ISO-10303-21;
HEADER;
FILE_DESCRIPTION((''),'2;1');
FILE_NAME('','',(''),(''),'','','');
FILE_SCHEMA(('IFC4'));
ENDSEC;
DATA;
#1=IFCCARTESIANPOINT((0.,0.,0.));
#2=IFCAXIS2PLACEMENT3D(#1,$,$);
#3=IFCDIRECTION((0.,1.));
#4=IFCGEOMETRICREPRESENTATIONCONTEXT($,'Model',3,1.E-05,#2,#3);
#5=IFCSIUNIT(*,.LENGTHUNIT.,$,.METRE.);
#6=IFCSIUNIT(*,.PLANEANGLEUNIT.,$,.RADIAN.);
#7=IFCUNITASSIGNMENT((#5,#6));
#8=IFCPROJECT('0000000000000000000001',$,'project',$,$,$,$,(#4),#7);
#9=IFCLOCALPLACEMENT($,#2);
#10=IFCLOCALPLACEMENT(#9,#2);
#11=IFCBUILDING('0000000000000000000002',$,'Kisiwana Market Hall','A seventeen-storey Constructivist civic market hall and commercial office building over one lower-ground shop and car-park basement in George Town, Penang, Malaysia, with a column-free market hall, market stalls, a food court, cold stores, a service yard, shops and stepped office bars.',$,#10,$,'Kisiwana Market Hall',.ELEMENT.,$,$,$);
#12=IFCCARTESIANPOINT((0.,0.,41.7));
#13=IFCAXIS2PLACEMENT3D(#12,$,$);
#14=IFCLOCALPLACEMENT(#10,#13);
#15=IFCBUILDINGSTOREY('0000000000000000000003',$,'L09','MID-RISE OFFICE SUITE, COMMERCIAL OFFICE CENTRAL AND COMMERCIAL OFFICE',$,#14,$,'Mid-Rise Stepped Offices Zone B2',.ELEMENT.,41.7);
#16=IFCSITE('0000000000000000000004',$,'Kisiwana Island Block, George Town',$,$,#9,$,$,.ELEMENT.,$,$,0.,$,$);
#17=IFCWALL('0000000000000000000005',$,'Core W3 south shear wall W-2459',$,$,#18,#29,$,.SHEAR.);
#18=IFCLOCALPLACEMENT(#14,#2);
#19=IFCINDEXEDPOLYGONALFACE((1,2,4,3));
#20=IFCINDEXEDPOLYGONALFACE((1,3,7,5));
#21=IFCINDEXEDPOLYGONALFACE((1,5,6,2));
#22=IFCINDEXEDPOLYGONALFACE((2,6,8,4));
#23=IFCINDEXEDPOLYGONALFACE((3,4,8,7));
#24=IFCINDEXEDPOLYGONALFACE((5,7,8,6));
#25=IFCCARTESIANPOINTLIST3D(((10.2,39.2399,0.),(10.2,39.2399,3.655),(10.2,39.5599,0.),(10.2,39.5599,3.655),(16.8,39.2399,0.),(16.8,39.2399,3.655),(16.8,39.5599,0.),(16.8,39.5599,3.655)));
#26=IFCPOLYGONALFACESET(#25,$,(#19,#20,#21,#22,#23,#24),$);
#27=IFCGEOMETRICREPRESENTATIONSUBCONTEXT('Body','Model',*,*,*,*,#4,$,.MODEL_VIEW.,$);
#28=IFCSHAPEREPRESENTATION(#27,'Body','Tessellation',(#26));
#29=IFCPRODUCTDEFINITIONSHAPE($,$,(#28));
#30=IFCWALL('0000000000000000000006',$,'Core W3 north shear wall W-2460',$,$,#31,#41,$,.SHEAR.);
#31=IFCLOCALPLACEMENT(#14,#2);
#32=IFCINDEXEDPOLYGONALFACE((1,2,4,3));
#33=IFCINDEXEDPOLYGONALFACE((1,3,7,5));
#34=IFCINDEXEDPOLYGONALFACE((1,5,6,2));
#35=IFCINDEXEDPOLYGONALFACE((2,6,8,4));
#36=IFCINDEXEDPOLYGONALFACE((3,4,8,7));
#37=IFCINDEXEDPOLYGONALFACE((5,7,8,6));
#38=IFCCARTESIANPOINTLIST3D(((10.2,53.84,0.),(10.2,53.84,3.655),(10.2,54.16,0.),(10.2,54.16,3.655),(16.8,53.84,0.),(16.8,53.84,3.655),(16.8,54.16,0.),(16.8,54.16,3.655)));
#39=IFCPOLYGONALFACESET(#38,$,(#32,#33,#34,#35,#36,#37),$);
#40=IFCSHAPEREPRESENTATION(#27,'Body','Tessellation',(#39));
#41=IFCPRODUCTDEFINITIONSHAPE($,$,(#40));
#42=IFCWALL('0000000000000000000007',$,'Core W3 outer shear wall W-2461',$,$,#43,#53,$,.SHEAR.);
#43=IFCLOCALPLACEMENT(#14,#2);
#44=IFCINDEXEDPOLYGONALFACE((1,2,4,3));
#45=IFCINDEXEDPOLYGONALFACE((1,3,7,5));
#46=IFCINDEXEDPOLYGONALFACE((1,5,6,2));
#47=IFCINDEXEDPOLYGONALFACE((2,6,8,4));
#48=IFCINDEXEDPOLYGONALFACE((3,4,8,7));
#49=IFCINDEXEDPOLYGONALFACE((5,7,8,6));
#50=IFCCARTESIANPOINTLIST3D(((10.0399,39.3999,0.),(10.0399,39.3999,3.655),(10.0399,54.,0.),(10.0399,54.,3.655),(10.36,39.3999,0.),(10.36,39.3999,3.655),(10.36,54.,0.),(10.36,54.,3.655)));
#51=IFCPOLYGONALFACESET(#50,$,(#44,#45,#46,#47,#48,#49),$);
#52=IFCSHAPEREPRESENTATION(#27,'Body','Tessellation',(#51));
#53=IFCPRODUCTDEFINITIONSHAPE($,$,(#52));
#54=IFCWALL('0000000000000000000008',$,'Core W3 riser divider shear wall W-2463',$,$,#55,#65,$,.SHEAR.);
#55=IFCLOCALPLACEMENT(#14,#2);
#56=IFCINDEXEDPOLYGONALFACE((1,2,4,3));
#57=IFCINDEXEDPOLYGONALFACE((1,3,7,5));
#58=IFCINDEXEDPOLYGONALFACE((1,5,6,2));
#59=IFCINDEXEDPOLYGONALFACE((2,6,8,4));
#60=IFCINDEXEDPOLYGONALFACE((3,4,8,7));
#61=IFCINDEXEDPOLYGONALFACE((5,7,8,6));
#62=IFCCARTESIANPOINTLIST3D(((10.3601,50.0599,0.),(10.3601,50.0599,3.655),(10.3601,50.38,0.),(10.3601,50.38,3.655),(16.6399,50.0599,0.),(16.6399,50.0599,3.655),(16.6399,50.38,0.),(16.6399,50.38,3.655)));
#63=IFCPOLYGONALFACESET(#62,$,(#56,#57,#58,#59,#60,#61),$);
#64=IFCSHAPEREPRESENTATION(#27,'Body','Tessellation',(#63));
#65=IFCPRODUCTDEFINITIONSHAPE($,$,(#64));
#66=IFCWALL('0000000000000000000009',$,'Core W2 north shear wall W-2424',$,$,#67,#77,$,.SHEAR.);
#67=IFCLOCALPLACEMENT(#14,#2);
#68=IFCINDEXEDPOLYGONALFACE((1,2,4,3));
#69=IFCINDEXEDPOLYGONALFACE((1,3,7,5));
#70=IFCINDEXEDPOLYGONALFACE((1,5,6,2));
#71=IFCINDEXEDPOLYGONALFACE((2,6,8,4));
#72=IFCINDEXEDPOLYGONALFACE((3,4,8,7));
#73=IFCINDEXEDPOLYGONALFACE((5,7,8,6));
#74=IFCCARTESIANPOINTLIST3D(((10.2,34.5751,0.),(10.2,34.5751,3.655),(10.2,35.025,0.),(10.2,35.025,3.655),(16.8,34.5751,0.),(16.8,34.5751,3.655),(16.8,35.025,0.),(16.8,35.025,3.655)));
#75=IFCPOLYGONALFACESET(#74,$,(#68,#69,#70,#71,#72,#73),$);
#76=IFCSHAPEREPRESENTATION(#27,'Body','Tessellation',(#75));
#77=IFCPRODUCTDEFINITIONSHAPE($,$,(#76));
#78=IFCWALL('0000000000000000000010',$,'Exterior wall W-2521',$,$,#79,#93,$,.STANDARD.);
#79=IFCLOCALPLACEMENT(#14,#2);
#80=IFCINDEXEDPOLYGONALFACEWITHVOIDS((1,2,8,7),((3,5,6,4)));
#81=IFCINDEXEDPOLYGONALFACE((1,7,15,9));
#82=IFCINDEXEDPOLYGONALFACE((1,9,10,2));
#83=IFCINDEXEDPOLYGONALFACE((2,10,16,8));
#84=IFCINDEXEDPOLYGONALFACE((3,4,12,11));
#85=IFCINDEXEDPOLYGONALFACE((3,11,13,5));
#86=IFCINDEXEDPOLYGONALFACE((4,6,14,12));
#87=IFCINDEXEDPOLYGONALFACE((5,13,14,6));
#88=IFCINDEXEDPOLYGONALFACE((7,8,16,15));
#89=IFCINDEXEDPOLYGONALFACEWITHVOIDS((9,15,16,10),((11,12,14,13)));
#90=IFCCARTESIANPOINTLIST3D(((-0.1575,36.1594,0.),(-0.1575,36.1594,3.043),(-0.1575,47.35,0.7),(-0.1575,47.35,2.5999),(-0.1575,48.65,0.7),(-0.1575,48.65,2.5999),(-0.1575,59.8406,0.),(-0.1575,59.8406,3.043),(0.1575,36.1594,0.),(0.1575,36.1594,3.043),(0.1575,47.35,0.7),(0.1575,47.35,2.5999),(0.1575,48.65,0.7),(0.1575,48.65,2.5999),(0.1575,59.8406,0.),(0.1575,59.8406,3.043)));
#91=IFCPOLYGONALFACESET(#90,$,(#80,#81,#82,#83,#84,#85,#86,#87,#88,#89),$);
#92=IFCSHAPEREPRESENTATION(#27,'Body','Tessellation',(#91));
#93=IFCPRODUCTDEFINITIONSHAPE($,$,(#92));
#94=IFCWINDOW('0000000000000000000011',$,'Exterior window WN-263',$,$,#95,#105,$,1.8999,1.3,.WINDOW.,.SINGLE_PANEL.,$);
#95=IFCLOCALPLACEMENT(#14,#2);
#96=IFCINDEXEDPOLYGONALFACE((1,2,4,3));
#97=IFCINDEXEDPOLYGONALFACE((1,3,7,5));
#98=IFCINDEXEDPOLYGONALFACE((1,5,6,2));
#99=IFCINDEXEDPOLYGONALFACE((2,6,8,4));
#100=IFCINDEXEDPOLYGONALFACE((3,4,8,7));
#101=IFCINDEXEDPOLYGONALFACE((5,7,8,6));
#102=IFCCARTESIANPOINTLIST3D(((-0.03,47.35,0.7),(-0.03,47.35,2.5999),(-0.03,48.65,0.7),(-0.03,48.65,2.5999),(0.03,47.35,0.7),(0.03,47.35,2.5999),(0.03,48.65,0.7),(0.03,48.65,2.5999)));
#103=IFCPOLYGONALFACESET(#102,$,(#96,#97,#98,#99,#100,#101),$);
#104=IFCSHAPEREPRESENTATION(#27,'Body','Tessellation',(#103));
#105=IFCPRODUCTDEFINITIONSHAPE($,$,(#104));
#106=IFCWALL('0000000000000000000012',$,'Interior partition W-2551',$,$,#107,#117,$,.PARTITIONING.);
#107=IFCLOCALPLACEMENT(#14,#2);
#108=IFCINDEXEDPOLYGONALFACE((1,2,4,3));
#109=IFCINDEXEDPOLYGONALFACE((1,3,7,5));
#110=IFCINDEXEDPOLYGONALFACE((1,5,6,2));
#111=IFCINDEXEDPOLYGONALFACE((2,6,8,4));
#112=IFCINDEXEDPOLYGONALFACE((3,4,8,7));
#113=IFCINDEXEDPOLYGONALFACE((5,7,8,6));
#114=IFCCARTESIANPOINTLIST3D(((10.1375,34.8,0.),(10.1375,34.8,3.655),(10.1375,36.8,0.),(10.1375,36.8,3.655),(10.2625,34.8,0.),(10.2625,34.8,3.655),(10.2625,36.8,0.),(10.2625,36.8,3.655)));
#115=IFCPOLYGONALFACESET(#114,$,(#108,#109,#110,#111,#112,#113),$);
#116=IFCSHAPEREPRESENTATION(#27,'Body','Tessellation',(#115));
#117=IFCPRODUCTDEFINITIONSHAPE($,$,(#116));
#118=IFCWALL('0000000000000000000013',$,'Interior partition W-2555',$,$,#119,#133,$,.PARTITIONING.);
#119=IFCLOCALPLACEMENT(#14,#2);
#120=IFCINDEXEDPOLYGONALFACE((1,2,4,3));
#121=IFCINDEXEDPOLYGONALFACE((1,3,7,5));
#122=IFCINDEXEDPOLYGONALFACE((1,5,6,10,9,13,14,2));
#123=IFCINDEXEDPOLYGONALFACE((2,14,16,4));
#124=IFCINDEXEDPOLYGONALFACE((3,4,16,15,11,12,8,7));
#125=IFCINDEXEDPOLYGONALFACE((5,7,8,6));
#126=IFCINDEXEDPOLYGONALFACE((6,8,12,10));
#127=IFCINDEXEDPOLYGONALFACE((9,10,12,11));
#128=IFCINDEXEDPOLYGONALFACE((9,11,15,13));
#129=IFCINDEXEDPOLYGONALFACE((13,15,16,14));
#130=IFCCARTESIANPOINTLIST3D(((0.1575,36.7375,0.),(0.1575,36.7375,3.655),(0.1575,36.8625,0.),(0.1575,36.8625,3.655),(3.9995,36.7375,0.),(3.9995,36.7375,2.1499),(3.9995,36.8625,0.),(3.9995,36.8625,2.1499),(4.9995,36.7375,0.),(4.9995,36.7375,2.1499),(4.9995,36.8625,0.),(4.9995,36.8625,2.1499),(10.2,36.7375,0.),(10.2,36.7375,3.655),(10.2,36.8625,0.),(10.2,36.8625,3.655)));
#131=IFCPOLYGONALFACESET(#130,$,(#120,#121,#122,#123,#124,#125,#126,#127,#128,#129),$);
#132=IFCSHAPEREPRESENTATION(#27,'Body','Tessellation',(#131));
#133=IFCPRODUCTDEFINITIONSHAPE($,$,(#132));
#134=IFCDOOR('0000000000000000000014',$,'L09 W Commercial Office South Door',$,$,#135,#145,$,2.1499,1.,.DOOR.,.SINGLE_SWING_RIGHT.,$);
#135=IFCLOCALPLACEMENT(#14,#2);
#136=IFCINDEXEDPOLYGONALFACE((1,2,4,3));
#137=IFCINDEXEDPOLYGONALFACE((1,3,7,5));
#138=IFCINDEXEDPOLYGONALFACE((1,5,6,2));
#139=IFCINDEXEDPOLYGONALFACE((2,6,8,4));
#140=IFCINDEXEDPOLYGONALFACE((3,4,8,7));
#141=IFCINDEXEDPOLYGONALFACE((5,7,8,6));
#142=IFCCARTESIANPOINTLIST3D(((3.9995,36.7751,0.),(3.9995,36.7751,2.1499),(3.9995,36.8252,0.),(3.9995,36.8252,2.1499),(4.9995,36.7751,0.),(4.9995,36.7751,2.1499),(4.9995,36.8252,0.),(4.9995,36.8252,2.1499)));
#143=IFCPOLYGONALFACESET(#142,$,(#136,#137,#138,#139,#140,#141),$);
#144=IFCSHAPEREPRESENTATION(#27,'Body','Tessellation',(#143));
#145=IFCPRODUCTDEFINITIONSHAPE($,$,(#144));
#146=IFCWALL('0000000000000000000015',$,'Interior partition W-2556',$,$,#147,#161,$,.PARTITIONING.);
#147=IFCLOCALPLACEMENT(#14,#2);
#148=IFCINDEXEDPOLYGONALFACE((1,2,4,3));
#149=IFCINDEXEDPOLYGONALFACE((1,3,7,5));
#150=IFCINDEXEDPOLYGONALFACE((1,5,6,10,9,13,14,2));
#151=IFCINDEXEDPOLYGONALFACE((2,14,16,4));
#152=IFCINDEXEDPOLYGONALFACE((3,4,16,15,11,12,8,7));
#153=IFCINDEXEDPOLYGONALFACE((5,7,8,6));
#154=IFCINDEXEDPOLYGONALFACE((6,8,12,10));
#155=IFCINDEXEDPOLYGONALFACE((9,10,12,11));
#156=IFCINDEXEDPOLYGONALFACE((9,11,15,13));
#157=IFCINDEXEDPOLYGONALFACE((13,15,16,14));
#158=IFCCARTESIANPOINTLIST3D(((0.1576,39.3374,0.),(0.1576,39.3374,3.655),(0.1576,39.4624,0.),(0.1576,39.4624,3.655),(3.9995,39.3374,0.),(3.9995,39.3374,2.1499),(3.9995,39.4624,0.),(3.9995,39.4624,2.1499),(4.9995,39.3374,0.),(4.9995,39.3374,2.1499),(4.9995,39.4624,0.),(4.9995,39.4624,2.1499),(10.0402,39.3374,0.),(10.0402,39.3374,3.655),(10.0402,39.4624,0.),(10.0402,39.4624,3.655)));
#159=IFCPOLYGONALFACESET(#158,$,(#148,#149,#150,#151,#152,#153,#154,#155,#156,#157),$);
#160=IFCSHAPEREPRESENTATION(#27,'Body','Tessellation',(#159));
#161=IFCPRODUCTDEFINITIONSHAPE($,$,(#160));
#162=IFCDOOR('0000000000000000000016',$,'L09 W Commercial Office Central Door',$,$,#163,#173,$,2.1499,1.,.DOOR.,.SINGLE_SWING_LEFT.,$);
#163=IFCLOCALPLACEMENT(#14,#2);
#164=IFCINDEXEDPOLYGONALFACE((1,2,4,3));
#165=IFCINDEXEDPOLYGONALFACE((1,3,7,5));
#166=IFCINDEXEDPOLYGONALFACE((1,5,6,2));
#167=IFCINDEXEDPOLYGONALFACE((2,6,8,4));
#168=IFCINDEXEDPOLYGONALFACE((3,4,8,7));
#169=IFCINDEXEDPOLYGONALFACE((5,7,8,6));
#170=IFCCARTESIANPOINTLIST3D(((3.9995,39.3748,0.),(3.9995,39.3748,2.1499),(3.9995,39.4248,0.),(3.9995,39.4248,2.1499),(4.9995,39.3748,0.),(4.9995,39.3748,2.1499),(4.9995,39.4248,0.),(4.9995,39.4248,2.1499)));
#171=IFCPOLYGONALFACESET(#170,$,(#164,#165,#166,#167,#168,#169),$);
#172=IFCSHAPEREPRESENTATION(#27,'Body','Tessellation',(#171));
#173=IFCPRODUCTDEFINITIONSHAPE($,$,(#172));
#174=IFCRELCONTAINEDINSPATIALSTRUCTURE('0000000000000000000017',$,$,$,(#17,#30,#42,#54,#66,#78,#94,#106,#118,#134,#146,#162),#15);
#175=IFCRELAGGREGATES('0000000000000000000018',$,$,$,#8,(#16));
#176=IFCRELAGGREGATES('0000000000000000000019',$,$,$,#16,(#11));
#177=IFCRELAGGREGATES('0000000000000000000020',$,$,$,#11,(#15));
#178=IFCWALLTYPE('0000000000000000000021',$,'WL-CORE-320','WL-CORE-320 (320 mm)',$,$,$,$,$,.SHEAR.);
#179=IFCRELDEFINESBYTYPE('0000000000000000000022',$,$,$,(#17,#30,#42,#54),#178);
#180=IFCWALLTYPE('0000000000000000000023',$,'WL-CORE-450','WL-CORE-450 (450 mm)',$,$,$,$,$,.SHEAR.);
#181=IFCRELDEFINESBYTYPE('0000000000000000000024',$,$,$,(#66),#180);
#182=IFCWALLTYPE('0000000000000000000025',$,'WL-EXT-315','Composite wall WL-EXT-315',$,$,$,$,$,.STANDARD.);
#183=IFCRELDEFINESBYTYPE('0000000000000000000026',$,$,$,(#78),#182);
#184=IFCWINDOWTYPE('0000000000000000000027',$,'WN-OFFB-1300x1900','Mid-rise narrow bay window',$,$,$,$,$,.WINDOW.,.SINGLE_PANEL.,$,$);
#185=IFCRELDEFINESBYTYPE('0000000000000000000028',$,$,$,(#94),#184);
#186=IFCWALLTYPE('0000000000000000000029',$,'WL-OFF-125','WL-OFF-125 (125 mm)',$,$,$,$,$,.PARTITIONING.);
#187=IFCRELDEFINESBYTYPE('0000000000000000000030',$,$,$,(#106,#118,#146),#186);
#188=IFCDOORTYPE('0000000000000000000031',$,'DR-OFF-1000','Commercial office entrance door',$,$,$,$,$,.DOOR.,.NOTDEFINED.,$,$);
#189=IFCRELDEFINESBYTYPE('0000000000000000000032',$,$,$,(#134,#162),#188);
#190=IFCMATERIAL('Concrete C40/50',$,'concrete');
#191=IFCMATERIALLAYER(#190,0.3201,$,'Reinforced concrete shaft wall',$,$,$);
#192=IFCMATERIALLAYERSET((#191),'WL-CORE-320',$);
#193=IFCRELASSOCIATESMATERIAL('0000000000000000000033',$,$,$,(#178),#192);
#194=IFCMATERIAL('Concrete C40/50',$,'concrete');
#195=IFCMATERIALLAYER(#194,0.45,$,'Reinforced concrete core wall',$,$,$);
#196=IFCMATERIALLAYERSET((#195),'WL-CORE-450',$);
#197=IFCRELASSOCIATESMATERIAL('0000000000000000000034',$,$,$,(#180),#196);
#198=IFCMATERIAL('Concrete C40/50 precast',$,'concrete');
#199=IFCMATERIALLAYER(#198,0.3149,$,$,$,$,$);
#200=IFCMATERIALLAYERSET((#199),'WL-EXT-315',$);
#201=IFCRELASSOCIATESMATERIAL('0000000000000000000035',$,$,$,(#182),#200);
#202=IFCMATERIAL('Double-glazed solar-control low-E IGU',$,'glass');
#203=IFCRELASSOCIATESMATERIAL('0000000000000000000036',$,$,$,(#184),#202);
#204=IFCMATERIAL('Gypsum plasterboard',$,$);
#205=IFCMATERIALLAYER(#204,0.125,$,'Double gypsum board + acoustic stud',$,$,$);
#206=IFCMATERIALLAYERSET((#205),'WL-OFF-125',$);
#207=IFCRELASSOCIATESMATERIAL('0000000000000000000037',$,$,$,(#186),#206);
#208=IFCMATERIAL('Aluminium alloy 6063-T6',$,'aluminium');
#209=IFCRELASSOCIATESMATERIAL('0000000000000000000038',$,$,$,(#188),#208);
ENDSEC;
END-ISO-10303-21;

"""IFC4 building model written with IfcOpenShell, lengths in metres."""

from ifc_helpers import new_model, si_unit, direction, frame, frame_2d, origin, place, context, subcontext, project, spatial, rectangle, extrude, material, layer, layer_set, type_object, element, fill, save


model = new_model("IFC4")

# Units and contexts
model_context = context("Model", 3, precision=1e-05, world=origin(), true_north=direction((0.0, 1.0)))
body_context = subcontext(model_context, "Body", "Model", "MODEL_VIEW")
ifc_project = project(units=[si_unit("LENGTHUNIT", "METRE"), si_unit("PLANEANGLEUNIT", "RADIAN")], contexts=[model_context])

# Site, building, storey
site_placement = place(None, origin())
site = spatial("IfcSite", under=ifc_project, at=site_placement, Name="Kisiwana Island Block, George Town", CompositionType="ELEMENT", RefElevation=0.0)
building_placement = place(site_placement, origin())
building = spatial("IfcBuilding", under=site, at=building_placement, Name="Kisiwana Market Hall", Description="A seventeen-storey Constructivist civic market hall and commercial office building over one lower-ground shop and car-park basement in George Town, Penang, Malaysia, with a column-free market hall, market stalls, a food court, cold stores, a service yard, shops and stepped office bars.", LongName="Kisiwana Market Hall", CompositionType="ELEMENT")
storey_placement = place(building_placement, frame((0.0, 0.0, 41.7)))
storey = spatial("IfcBuildingStorey", under=building, at=storey_placement, Name="L09", Description="MID-RISE OFFICE SUITE, COMMERCIAL OFFICE CENTRAL AND COMMERCIAL OFFICE", LongName="Mid-Rise Stepped Offices Zone B2", CompositionType="ELEMENT", Elevation=41.7)

# Shared definitions
ifc_material_1 = material(Name="Concrete C40/50", Category="concrete")
ifc_layer_1 = layer(ifc_material_1, 0.3201, Name="Reinforced concrete shaft wall")
ifc_layer_set_1 = layer_set([ifc_layer_1], Name="WL-CORE-320")
wall_type_1 = type_object("IfcWallType", Name="WL-CORE-320", Description="WL-CORE-320 (320 mm)", PredefinedType="SHEAR", material=ifc_layer_set_1)

# Walls
for number, where, z_axis, x_axis, name in (
    (1, (10.2, 39.3999, 0.0), (0.0, 0.0, 1.0), (1.0, 0.0, 0.0), "Core W3 south shear wall W-2459"),
    (2, (10.2, 54.0, 0.0), (0.0, 0.0, 1.0), (1.0, 0.0, 0.0), "Core W3 north shear wall W-2460"),
):
    element("IfcWall", number, at=place(storey_placement, frame(where, z_axis=z_axis, x_axis=x_axis)), inside=storey, type_object=wall_type_1, Name=name, PredefinedType="SHEAR", context=body_context, shape_type="SweptSolid", body=[
        extrude(rectangle(XDim=6.6001, YDim=0.3201, at=frame_2d((3.3, 0.0))), origin(), (0.0, 0.0, 1.0), 3.655),
    ])
wall_1_placement = place(storey_placement, frame((10.2, 39.3999, 0.0), z_axis=(0.0, 0.0, 1.0), x_axis=(0.0, 1.0, 0.0)))
element("IfcWall", 3, at=wall_1_placement, inside=storey, type_object=wall_type_1, Name="Core W3 outer shear wall W-2461", PredefinedType="SHEAR", context=body_context, shape_type="SweptSolid", body=[
    extrude(rectangle(XDim=14.6001, YDim=0.3201, at=frame_2d((7.3, 0.0))), origin(), (0.0, 0.0, 1.0), 3.655),
])
wall_2_placement = place(storey_placement, frame((10.3601, 50.22, 0.0), z_axis=(0.0, 0.0, 1.0), x_axis=(1.0, 0.0, 0.0)))
element("IfcWall", 4, at=wall_2_placement, inside=storey, type_object=wall_type_1, Name="Core W3 riser divider shear wall W-2463", PredefinedType="SHEAR", context=body_context, shape_type="SweptSolid", body=[
    extrude(rectangle(XDim=6.2798, YDim=0.3201, at=frame_2d((3.1399, 0.0))), origin(), (0.0, 0.0, 1.0), 3.655),
])
ifc_material_2 = material(Name="Concrete C40/50", Category="concrete")
ifc_layer_2 = layer(ifc_material_2, 0.45, Name="Reinforced concrete core wall")
ifc_layer_set_2 = layer_set([ifc_layer_2], Name="WL-CORE-450")
wall_type_2 = type_object("IfcWallType", Name="WL-CORE-450", Description="WL-CORE-450 (450 mm)", PredefinedType="SHEAR", material=ifc_layer_set_2)
wall_3_placement = place(storey_placement, frame((10.2, 34.8, 0.0), z_axis=(0.0, 0.0, 1.0), x_axis=(1.0, 0.0, 0.0)))
element("IfcWall", 5, at=wall_3_placement, inside=storey, type_object=wall_type_2, Name="Core W2 north shear wall W-2424", PredefinedType="SHEAR", context=body_context, shape_type="SweptSolid", body=[
    extrude(rectangle(XDim=6.6001, YDim=0.45, at=frame_2d((3.3, 0.0))), origin(), (0.0, 0.0, 1.0), 3.655),
])

# Wall, opening, window
ifc_material_3 = material(Name="Concrete C40/50 precast", Category="concrete")
ifc_layer_3 = layer(ifc_material_3, 0.3149)
ifc_layer_set_3 = layer_set([ifc_layer_3], Name="WL-EXT-315")
wall_type_3 = type_object("IfcWallType", Name="WL-EXT-315", Description="Composite wall WL-EXT-315", PredefinedType="STANDARD", material=ifc_layer_set_3)
wall_4_placement = place(storey_placement, frame((0.0, 36.1594, 0.0), z_axis=(0.0, 0.0, 1.0), x_axis=(0.0, 1.0, 0.0)))
wall_4 = element("IfcWall", 6, at=wall_4_placement, inside=storey, type_object=wall_type_3, Name="Exterior wall W-2521", PredefinedType="STANDARD", context=body_context, shape_type="SweptSolid", body=[
    extrude(rectangle(XDim=23.6812, YDim=0.3149, at=frame_2d((11.8406, 0.0))), origin(), (0.0, 0.0, 1.0), 3.043),
])
opening_1_placement = place(wall_4_placement, frame((11.1907, 0.0, 0.7)))
opening_1 = element("IfcOpeningElement", 7, at=opening_1_placement, cuts=wall_4, PredefinedType="OPENING", context=body_context, shape_type="SweptSolid", body=[
    extrude(rectangle(XDim=1.3, YDim=1.8999, at=frame_2d((0.6499, 0.95))), frame((0.0, 0.1694, 0.0), z_axis=(0.0, -1.0, 0.0), x_axis=(1.0, 0.0, 0.0)), (0.0, 0.0, 1.0), 0.3389),
])
ifc_material_4 = material(Name="Double-glazed solar-control low-E IGU", Category="glass")
window_type = type_object("IfcWindowType", Name="WN-OFFB-1300x1900", Description="Mid-rise narrow bay window", PartitioningType="SINGLE_PANEL", PredefinedType="WINDOW", material=ifc_material_4)
window_placement = place(opening_1_placement, origin())
window = element("IfcWindow", 8, at=window_placement, inside=storey, type_object=window_type, Name="Exterior window WN-263", OverallHeight=1.8999, OverallWidth=1.3, PartitioningType="SINGLE_PANEL", PredefinedType="WINDOW", context=body_context, shape_type="SweptSolid", body=[
    extrude(rectangle(XDim=1.3, YDim=1.8999, at=frame_2d((0.6499, 0.95))), frame((0.0, 0.03, 0.0), z_axis=(0.0, -1.0, 0.0), x_axis=(1.0, 0.0, 0.0)), (0.0, 0.0, 1.0), 0.0601),
])
fill(opening_1, window)

# Wall
ifc_material_5 = material(Name="Gypsum plasterboard")
ifc_layer_4 = layer(ifc_material_5, 0.125, Name="Double gypsum board + acoustic stud")
ifc_layer_set_4 = layer_set([ifc_layer_4], Name="WL-OFF-125")
wall_type_4 = type_object("IfcWallType", Name="WL-OFF-125", Description="WL-OFF-125 (125 mm)", PredefinedType="PARTITIONING", material=ifc_layer_set_4)
wall_5_placement = place(storey_placement, frame((10.2, 34.8, 0.0), z_axis=(0.0, 0.0, 1.0), x_axis=(0.0, 1.0, 0.0)))
element("IfcWall", 9, at=wall_5_placement, inside=storey, type_object=wall_type_4, Name="Interior partition W-2551", PredefinedType="PARTITIONING", context=body_context, shape_type="SweptSolid", body=[
    extrude(rectangle(XDim=2.0, YDim=0.125, at=frame_2d((1.0, 0.0))), origin(), (0.0, 0.0, 1.0), 3.655),
])

# Walls, openings, doors
wall_6_placement = place(storey_placement, frame((0.1575, 36.8, 0.0), z_axis=(0.0, 0.0, 1.0), x_axis=(1.0, 0.0, 0.0)))
wall_6 = element("IfcWall", 10, at=wall_6_placement, inside=storey, type_object=wall_type_4, Name="Interior partition W-2555", PredefinedType="PARTITIONING", context=body_context, shape_type="SweptSolid", body=[
    extrude(rectangle(XDim=10.0425, YDim=0.125, at=frame_2d((5.0212, 0.0))), origin(), (0.0, 0.0, 1.0), 3.655),
])
opening_2_placement = place(wall_6_placement, frame((3.842, 0.0, 0.0)))
opening_2 = element("IfcOpeningElement", 11, at=opening_2_placement, cuts=wall_6, PredefinedType="OPENING", context=body_context, shape_type="SweptSolid", body=[
    extrude(rectangle(XDim=1.0, YDim=2.1499, at=frame_2d((0.5, 1.075))), frame((0.0, 0.0745, 0.0), z_axis=(0.0, -1.0, 0.0), x_axis=(1.0, 0.0, 0.0)), (0.0, 0.0, 1.0), 0.1489),
])
ifc_material_6 = material(Name="Aluminium alloy 6063-T6", Category="aluminium")
door_type_1 = type_object("IfcDoorType", Name="DR-OFF-1000", Description="Commercial office entrance door", OperationType="NOTDEFINED", PredefinedType="DOOR", material=ifc_material_6)
door_1_placement = place(opening_2_placement, frame((1.0, 0.0, 0.0), z_axis=(0.0, 0.0, 1.0), x_axis=(-1.0, 0.0, 0.0)))
door_1 = element("IfcDoor", 12, at=door_1_placement, inside=storey, type_object=door_type_1, Name="L09 W Commercial Office South Door", OperationType="SINGLE_SWING_RIGHT", OverallHeight=2.1499, OverallWidth=1.0, PredefinedType="DOOR", context=body_context, shape_type="SweptSolid", body=[
    extrude(rectangle(XDim=1.0, YDim=2.1499, at=frame_2d((0.5, 1.075))), frame((0.0, 0.0249, 0.0), z_axis=(0.0, -1.0, 0.0), x_axis=(1.0, 0.0, 0.0)), (0.0, 0.0, 1.0), 0.05),
])
fill(opening_2, door_1)
wall_7_placement = place(storey_placement, frame((0.1575, 39.3999, 0.0), z_axis=(0.0, 0.0, 1.0), x_axis=(1.0, 0.0, 0.0)))
wall_7 = element("IfcWall", 13, at=wall_7_placement, inside=storey, type_object=wall_type_4, Name="Interior partition W-2556", PredefinedType="PARTITIONING", context=body_context, shape_type="SweptSolid", body=[
    extrude(rectangle(XDim=9.8826, YDim=0.125, at=frame_2d((4.9414, 0.0))), origin(), (0.0, 0.0, 1.0), 3.655),
])
opening_3_placement = place(wall_7_placement, frame((3.842, 0.0, 0.0)))
opening_3 = element("IfcOpeningElement", 14, at=opening_3_placement, cuts=wall_7, PredefinedType="OPENING", context=body_context, shape_type="SweptSolid", body=[
    extrude(rectangle(XDim=1.0, YDim=2.1499, at=frame_2d((0.5, 1.075))), frame((0.0, 0.0745, 0.0), z_axis=(0.0, -1.0, 0.0), x_axis=(1.0, 0.0, 0.0)), (0.0, 0.0, 1.0), 0.1489),
])
door_2_placement = place(opening_3_placement, origin())
door_2 = element("IfcDoor", 15, at=door_2_placement, inside=storey, type_object=door_type_1, Name="L09 W Commercial Office Central Door", OperationType="SINGLE_SWING_LEFT", OverallHeight=2.1499, OverallWidth=1.0, PredefinedType="DOOR", context=body_context, shape_type="SweptSolid", body=[
    extrude(rectangle(XDim=1.0, YDim=2.1499, at=frame_2d((0.5, 1.075))), frame((0.0, 0.0249, 0.0), z_axis=(0.0, -1.0, 0.0), x_axis=(1.0, 0.0, 0.0)), (0.0, 0.0, 1.0), 0.05),
])
fill(opening_3, door_2)

save(model, "model.ifc")
